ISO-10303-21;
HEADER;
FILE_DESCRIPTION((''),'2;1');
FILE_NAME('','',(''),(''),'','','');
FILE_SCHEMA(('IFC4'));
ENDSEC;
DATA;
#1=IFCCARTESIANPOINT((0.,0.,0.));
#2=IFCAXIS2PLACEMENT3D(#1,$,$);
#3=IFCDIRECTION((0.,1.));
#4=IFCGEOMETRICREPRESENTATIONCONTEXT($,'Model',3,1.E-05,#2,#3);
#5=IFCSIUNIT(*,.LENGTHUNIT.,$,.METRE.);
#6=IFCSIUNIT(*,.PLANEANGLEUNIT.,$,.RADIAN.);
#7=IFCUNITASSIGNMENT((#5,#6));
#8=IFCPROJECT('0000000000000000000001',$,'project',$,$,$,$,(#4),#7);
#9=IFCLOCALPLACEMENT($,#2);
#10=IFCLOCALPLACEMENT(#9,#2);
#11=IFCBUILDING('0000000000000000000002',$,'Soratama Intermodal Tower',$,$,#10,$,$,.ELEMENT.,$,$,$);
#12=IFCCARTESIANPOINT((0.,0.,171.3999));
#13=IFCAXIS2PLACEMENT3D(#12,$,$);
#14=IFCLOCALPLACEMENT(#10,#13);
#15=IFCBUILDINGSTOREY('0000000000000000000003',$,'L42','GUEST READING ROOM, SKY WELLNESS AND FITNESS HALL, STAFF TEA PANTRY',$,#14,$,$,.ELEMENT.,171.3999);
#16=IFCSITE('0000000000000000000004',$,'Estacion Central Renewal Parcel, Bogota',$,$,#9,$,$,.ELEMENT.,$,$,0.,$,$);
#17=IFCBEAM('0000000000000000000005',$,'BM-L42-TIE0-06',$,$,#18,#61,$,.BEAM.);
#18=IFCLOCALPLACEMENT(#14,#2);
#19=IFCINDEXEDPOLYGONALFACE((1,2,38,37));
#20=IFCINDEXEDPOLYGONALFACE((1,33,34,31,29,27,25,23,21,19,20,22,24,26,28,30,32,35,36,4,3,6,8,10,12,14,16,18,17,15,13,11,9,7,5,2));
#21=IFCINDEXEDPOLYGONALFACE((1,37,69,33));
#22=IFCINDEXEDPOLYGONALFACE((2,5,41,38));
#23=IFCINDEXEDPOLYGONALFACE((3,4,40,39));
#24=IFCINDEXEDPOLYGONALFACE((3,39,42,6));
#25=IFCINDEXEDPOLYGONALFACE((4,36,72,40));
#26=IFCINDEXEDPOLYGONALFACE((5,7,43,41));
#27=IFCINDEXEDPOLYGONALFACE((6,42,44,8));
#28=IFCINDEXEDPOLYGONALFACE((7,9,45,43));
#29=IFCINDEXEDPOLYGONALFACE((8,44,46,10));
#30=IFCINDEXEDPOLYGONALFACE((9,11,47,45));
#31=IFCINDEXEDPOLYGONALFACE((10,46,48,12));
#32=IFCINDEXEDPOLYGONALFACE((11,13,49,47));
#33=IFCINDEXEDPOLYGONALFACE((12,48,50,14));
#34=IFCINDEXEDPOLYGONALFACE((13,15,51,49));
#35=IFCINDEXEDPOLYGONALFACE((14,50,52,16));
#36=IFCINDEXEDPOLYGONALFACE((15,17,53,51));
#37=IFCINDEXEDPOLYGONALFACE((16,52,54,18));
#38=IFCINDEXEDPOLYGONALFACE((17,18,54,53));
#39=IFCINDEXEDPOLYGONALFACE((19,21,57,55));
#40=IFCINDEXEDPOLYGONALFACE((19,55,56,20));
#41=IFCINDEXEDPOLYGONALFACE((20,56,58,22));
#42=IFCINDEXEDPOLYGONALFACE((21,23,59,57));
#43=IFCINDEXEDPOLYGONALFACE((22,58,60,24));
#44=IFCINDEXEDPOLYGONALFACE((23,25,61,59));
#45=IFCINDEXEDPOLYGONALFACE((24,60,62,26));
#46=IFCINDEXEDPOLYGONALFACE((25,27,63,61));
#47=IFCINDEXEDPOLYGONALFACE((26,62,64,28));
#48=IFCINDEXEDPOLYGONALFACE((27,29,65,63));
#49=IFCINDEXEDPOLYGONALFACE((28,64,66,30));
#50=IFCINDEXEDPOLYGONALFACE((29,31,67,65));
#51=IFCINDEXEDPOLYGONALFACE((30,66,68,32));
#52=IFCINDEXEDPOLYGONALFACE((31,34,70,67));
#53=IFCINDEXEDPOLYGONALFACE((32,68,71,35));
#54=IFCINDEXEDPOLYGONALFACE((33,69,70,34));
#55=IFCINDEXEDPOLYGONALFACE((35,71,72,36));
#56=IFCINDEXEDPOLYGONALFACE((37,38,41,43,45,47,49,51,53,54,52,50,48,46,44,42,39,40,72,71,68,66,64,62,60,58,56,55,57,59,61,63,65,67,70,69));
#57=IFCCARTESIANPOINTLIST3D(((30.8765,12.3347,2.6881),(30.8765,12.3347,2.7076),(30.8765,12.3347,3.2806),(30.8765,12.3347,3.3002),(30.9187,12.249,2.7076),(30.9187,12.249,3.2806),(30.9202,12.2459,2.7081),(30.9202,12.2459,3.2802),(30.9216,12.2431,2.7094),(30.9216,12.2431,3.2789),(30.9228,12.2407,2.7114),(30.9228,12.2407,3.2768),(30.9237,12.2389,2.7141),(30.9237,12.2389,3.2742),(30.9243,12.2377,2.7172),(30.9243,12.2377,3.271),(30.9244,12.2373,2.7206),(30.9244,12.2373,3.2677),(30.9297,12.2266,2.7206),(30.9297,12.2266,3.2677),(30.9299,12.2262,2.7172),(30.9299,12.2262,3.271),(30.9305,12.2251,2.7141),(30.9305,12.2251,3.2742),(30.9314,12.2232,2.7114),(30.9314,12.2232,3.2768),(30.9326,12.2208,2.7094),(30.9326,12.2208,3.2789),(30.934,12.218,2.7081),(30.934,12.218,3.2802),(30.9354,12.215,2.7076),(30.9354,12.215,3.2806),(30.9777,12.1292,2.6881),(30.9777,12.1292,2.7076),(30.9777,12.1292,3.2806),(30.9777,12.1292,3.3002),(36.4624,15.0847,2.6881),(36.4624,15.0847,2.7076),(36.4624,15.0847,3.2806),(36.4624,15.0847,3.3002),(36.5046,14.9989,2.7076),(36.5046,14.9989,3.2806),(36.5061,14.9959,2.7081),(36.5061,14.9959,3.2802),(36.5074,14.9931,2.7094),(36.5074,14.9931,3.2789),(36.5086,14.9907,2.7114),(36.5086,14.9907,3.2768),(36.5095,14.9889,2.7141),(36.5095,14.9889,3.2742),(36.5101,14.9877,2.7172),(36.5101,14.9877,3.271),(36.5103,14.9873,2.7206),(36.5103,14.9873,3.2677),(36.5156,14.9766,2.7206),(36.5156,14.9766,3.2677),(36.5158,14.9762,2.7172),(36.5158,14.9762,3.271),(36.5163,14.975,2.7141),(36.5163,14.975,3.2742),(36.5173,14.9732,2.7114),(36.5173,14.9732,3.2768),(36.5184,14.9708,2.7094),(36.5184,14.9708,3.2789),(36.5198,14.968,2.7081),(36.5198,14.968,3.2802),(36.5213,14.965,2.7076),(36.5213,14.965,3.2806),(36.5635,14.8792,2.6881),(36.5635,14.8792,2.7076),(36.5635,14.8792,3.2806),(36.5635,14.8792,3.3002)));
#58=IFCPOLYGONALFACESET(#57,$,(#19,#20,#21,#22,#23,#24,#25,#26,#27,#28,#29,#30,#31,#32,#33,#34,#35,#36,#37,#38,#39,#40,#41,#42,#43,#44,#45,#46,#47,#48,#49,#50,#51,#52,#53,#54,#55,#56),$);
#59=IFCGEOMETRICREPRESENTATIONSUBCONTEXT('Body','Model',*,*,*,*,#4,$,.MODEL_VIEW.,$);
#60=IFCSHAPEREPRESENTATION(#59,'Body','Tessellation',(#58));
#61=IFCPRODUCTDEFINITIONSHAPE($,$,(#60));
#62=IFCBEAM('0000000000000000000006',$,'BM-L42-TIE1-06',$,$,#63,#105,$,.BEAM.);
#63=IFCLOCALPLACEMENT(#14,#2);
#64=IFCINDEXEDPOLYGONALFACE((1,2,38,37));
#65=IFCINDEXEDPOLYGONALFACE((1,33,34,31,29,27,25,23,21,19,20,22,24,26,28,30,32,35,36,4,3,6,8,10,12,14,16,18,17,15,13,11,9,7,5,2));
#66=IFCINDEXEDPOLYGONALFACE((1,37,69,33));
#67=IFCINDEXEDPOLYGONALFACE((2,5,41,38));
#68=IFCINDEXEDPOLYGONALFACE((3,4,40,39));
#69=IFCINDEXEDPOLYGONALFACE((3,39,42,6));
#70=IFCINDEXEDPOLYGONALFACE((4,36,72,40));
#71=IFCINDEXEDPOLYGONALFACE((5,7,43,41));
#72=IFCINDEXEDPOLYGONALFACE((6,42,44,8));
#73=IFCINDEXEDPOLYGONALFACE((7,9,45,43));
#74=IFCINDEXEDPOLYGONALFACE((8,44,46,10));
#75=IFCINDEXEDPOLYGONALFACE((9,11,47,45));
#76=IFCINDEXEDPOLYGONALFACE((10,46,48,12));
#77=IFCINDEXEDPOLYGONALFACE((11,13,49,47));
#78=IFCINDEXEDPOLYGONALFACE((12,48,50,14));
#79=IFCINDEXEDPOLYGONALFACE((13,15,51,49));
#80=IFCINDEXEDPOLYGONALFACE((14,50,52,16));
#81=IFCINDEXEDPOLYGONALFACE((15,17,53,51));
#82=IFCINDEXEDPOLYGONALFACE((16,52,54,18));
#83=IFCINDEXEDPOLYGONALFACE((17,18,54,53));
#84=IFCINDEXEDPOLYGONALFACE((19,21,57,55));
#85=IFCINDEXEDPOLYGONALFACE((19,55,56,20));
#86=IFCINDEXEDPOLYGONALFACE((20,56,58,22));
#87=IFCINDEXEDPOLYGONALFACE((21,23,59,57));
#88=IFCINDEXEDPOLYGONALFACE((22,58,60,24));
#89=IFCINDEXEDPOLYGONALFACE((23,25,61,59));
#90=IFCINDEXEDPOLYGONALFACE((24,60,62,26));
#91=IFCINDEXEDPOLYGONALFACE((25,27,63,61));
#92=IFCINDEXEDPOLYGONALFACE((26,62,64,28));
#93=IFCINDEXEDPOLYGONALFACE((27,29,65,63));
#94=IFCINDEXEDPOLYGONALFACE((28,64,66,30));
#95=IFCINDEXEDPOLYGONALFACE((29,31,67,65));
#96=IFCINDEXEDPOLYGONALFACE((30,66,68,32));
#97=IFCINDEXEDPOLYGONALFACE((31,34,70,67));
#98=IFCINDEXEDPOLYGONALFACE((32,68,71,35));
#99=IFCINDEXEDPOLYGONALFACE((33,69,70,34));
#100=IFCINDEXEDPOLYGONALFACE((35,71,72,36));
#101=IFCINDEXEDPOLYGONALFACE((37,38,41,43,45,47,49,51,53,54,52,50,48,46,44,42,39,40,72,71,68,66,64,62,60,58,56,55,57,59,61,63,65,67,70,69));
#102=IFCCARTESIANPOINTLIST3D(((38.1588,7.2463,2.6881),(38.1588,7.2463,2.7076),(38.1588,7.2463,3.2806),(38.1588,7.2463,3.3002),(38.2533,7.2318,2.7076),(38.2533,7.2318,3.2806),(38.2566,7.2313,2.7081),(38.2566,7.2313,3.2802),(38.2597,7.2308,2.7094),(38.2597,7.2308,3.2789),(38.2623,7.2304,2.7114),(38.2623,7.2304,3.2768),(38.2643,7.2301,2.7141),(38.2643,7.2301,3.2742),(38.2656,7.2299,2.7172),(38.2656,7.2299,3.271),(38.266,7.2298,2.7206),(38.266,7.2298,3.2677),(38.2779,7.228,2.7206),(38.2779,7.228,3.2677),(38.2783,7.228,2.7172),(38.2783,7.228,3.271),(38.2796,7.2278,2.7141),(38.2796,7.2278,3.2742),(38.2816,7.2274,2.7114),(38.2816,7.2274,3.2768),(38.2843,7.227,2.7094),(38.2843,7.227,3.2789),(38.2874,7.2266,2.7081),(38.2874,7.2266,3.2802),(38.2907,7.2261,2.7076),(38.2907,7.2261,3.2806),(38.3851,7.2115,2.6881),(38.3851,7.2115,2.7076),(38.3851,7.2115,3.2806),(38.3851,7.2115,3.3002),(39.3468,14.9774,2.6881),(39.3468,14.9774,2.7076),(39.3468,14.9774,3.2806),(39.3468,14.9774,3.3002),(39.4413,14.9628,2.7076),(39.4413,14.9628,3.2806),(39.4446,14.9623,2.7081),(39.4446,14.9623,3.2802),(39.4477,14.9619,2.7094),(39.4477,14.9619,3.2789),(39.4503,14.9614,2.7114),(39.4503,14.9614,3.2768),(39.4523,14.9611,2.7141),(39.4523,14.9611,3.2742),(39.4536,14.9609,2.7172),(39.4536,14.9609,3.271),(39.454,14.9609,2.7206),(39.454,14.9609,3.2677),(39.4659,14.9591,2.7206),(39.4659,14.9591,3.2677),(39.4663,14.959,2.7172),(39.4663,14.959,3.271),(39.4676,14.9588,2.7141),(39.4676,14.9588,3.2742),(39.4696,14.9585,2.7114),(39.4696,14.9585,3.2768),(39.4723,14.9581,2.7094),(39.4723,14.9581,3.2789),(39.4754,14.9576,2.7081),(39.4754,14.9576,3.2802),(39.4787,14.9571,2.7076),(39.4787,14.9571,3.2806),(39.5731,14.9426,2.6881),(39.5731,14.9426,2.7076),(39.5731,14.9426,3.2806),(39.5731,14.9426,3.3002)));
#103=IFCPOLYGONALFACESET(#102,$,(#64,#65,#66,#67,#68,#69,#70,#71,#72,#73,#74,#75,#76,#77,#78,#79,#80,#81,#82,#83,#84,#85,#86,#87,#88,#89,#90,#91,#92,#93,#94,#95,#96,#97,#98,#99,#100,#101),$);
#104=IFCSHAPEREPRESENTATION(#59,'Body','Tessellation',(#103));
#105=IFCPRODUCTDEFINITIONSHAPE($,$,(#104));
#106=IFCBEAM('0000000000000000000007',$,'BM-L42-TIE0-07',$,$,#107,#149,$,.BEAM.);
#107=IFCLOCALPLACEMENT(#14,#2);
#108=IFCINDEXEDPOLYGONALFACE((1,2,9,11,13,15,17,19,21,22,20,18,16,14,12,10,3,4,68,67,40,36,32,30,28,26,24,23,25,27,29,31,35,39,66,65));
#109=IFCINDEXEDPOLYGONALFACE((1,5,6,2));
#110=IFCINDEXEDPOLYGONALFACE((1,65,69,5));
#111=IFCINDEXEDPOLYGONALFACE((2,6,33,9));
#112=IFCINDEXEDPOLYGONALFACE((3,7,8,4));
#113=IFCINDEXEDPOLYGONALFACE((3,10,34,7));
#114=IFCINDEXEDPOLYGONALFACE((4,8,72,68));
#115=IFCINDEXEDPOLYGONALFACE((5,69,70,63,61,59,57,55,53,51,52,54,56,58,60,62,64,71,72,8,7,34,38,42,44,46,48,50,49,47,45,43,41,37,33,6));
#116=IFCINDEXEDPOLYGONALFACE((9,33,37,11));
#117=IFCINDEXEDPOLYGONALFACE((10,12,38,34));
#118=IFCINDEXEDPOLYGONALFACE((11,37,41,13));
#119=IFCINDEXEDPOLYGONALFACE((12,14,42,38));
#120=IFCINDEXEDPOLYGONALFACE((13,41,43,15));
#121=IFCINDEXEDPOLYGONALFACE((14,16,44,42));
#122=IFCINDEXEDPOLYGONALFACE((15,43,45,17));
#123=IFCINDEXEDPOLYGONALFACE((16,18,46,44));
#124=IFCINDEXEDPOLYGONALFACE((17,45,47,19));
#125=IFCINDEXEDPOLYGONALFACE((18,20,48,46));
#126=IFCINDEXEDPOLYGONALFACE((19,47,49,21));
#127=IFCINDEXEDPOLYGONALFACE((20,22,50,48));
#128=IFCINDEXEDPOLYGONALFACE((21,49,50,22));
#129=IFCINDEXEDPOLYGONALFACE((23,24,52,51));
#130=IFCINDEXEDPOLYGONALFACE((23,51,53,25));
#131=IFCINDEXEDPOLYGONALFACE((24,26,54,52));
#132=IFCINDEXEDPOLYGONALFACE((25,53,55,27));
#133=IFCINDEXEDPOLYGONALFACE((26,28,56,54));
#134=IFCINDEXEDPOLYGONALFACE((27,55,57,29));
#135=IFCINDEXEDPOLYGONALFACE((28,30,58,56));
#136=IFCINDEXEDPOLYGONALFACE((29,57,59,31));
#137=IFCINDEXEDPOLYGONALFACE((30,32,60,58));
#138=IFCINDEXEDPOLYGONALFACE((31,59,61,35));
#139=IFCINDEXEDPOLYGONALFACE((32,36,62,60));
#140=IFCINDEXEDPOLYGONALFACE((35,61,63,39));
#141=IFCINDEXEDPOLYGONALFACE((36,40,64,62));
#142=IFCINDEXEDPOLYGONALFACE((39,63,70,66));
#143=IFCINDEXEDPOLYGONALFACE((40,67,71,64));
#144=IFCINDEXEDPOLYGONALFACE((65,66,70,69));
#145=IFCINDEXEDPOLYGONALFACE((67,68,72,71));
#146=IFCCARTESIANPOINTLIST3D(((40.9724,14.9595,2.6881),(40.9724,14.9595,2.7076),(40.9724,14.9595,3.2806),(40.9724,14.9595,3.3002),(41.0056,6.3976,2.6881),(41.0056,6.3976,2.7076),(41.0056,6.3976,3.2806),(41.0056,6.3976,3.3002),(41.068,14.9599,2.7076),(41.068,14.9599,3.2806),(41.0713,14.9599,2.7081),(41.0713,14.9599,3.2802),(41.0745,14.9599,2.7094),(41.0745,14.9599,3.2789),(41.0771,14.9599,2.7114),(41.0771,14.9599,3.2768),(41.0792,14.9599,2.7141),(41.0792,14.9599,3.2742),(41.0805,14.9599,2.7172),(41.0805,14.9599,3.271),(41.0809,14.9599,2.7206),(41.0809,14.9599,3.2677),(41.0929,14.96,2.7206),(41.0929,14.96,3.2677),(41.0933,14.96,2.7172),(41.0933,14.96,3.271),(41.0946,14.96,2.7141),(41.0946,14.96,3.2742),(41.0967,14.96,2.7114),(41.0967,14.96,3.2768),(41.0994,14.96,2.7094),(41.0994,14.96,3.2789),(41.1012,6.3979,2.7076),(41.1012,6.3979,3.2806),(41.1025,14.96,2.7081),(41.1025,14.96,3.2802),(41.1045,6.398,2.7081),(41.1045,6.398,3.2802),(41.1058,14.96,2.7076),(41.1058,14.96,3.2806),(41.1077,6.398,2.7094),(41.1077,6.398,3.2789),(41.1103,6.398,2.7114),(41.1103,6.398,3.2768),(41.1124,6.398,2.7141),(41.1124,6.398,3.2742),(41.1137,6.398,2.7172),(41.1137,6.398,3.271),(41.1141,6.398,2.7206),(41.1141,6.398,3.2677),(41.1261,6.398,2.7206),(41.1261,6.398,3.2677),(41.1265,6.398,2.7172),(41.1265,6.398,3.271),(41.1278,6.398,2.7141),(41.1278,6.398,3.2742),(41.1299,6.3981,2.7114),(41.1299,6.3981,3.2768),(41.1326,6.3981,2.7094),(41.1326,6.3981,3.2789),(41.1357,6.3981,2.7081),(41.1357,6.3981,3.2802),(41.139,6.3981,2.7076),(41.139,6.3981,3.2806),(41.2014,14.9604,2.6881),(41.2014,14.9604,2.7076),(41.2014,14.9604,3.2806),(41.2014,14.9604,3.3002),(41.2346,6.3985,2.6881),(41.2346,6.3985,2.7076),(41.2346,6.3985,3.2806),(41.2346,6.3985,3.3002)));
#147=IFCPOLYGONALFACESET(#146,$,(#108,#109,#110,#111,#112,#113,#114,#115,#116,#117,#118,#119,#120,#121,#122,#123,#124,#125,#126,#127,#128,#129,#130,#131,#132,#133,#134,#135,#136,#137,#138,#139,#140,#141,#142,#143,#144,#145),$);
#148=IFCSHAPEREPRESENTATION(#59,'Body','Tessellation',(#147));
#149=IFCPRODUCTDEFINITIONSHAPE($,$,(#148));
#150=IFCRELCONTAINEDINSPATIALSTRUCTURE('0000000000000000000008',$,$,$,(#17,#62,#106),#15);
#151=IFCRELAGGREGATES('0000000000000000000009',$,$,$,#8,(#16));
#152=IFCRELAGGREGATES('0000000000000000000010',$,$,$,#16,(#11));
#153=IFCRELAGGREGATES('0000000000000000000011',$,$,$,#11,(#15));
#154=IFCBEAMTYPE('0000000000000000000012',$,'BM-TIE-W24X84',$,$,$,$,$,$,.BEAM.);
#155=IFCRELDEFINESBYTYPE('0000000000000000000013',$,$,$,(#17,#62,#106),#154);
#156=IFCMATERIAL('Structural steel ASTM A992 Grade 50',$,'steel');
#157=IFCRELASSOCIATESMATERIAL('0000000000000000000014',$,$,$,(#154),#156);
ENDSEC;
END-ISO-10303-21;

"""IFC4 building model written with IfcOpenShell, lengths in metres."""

from ifc_helpers import new_model, si_unit, direction, frame, origin, origin_2d, place, context, subcontext, project, spatial, i_section, extrude, material, material_profile, profile_set, type_object, element, save


model = new_model("IFC4")

# Units and contexts
model_context = context("Model", 3, precision=1e-05, world=origin(), true_north=direction((0.0, 1.0)))
body_context = subcontext(model_context, "Body", "Model", "MODEL_VIEW")
ifc_project = project(units=[si_unit("LENGTHUNIT", "METRE"), si_unit("PLANEANGLEUNIT", "RADIAN")], contexts=[model_context])

# Site, building, storey
site_placement = place(None, origin())
site = spatial("IfcSite", under=ifc_project, at=site_placement, Name="Estacion Central Renewal Parcel, Bogota", CompositionType="ELEMENT", RefElevation=0.0)
building_placement = place(site_placement, origin())
building = spatial("IfcBuilding", under=site, at=building_placement, Name="Soratama Intermodal Tower", CompositionType="ELEMENT")
storey_placement = place(building_placement, frame((0.0, 0.0, 171.3999)))
storey = spatial("IfcBuildingStorey", under=building, at=storey_placement, Name="L42", Description="GUEST READING ROOM, SKY WELLNESS AND FITNESS HALL, STAFF TEA PANTRY", CompositionType="ELEMENT", Elevation=171.3999)

# Beams
ifc_material_1 = material(Name="Structural steel ASTM A992 Grade 50", Category="steel")
ifc_material_profile_1 = material_profile(ifc_material_1, i_section(OverallWidth=0.229, OverallDepth=0.6121, WebThickness=0.012, FlangeThickness=0.0195, FilletRadius=0.0129, at=origin_2d()), Name="W24X84")
ifc_profile_set_1 = profile_set([ifc_material_profile_1], Name="Structural steel ASTM A992 Grade 50")
beam_type_1 = type_object("IfcBeamType", Name="BM-TIE-W24X84", PredefinedType="BEAM", material=ifc_profile_set_1)
beam_1_placement = place(storey_placement, frame((36.5129, 14.9819, 2.9941), z_axis=(-0.897171, -0.441684, 0.0), x_axis=(0.441684, -0.897171, 0.0)))
element("IfcBeam", 1, at=beam_1_placement, inside=storey, type_object=beam_type_1, Name="BM-L42-TIE0-06", PredefinedType="BEAM", context=body_context, shape_type="SweptSolid", body=[
    extrude(i_section(OverallWidth=0.229, OverallDepth=0.6121, WebThickness=0.012, FlangeThickness=0.0195, FilletRadius=0.0129, at=origin_2d()), origin(), (0.0, 0.0, 1.0), 6.2261),
])
beam_2_placement = place(storey_placement, frame((39.46, 14.96, 2.9941), z_axis=(-0.151884, -0.988398, 0.0), x_axis=(0.988398, -0.151884, 0.0)))
element("IfcBeam", 2, at=beam_2_placement, inside=storey, type_object=beam_type_1, Name="BM-L42-TIE1-06", PredefinedType="BEAM", context=body_context, shape_type="SweptSolid", body=[
    extrude(i_section(OverallWidth=0.229, OverallDepth=0.6121, WebThickness=0.012, FlangeThickness=0.0195, FilletRadius=0.0129, at=origin_2d()), origin(), (0.0, 0.0, 1.0), 7.8218),
])
beam_3_placement = place(storey_placement, frame((41.0869, 14.96, 2.9941), z_axis=(0.003878, -0.999992, 0.0), x_axis=(0.999992, 0.003878, 0.0)))
element("IfcBeam", 3, at=beam_3_placement, inside=storey, type_object=beam_type_1, Name="BM-L42-TIE0-07", PredefinedType="BEAM", context=body_context, shape_type="SweptSolid", body=[
    extrude(i_section(OverallWidth=0.229, OverallDepth=0.6121, WebThickness=0.012, FlangeThickness=0.0195, FilletRadius=0.0129, at=origin_2d()), origin(), (0.0, 0.0, 1.0), 8.562),
])

save(model, "model.ifc")
